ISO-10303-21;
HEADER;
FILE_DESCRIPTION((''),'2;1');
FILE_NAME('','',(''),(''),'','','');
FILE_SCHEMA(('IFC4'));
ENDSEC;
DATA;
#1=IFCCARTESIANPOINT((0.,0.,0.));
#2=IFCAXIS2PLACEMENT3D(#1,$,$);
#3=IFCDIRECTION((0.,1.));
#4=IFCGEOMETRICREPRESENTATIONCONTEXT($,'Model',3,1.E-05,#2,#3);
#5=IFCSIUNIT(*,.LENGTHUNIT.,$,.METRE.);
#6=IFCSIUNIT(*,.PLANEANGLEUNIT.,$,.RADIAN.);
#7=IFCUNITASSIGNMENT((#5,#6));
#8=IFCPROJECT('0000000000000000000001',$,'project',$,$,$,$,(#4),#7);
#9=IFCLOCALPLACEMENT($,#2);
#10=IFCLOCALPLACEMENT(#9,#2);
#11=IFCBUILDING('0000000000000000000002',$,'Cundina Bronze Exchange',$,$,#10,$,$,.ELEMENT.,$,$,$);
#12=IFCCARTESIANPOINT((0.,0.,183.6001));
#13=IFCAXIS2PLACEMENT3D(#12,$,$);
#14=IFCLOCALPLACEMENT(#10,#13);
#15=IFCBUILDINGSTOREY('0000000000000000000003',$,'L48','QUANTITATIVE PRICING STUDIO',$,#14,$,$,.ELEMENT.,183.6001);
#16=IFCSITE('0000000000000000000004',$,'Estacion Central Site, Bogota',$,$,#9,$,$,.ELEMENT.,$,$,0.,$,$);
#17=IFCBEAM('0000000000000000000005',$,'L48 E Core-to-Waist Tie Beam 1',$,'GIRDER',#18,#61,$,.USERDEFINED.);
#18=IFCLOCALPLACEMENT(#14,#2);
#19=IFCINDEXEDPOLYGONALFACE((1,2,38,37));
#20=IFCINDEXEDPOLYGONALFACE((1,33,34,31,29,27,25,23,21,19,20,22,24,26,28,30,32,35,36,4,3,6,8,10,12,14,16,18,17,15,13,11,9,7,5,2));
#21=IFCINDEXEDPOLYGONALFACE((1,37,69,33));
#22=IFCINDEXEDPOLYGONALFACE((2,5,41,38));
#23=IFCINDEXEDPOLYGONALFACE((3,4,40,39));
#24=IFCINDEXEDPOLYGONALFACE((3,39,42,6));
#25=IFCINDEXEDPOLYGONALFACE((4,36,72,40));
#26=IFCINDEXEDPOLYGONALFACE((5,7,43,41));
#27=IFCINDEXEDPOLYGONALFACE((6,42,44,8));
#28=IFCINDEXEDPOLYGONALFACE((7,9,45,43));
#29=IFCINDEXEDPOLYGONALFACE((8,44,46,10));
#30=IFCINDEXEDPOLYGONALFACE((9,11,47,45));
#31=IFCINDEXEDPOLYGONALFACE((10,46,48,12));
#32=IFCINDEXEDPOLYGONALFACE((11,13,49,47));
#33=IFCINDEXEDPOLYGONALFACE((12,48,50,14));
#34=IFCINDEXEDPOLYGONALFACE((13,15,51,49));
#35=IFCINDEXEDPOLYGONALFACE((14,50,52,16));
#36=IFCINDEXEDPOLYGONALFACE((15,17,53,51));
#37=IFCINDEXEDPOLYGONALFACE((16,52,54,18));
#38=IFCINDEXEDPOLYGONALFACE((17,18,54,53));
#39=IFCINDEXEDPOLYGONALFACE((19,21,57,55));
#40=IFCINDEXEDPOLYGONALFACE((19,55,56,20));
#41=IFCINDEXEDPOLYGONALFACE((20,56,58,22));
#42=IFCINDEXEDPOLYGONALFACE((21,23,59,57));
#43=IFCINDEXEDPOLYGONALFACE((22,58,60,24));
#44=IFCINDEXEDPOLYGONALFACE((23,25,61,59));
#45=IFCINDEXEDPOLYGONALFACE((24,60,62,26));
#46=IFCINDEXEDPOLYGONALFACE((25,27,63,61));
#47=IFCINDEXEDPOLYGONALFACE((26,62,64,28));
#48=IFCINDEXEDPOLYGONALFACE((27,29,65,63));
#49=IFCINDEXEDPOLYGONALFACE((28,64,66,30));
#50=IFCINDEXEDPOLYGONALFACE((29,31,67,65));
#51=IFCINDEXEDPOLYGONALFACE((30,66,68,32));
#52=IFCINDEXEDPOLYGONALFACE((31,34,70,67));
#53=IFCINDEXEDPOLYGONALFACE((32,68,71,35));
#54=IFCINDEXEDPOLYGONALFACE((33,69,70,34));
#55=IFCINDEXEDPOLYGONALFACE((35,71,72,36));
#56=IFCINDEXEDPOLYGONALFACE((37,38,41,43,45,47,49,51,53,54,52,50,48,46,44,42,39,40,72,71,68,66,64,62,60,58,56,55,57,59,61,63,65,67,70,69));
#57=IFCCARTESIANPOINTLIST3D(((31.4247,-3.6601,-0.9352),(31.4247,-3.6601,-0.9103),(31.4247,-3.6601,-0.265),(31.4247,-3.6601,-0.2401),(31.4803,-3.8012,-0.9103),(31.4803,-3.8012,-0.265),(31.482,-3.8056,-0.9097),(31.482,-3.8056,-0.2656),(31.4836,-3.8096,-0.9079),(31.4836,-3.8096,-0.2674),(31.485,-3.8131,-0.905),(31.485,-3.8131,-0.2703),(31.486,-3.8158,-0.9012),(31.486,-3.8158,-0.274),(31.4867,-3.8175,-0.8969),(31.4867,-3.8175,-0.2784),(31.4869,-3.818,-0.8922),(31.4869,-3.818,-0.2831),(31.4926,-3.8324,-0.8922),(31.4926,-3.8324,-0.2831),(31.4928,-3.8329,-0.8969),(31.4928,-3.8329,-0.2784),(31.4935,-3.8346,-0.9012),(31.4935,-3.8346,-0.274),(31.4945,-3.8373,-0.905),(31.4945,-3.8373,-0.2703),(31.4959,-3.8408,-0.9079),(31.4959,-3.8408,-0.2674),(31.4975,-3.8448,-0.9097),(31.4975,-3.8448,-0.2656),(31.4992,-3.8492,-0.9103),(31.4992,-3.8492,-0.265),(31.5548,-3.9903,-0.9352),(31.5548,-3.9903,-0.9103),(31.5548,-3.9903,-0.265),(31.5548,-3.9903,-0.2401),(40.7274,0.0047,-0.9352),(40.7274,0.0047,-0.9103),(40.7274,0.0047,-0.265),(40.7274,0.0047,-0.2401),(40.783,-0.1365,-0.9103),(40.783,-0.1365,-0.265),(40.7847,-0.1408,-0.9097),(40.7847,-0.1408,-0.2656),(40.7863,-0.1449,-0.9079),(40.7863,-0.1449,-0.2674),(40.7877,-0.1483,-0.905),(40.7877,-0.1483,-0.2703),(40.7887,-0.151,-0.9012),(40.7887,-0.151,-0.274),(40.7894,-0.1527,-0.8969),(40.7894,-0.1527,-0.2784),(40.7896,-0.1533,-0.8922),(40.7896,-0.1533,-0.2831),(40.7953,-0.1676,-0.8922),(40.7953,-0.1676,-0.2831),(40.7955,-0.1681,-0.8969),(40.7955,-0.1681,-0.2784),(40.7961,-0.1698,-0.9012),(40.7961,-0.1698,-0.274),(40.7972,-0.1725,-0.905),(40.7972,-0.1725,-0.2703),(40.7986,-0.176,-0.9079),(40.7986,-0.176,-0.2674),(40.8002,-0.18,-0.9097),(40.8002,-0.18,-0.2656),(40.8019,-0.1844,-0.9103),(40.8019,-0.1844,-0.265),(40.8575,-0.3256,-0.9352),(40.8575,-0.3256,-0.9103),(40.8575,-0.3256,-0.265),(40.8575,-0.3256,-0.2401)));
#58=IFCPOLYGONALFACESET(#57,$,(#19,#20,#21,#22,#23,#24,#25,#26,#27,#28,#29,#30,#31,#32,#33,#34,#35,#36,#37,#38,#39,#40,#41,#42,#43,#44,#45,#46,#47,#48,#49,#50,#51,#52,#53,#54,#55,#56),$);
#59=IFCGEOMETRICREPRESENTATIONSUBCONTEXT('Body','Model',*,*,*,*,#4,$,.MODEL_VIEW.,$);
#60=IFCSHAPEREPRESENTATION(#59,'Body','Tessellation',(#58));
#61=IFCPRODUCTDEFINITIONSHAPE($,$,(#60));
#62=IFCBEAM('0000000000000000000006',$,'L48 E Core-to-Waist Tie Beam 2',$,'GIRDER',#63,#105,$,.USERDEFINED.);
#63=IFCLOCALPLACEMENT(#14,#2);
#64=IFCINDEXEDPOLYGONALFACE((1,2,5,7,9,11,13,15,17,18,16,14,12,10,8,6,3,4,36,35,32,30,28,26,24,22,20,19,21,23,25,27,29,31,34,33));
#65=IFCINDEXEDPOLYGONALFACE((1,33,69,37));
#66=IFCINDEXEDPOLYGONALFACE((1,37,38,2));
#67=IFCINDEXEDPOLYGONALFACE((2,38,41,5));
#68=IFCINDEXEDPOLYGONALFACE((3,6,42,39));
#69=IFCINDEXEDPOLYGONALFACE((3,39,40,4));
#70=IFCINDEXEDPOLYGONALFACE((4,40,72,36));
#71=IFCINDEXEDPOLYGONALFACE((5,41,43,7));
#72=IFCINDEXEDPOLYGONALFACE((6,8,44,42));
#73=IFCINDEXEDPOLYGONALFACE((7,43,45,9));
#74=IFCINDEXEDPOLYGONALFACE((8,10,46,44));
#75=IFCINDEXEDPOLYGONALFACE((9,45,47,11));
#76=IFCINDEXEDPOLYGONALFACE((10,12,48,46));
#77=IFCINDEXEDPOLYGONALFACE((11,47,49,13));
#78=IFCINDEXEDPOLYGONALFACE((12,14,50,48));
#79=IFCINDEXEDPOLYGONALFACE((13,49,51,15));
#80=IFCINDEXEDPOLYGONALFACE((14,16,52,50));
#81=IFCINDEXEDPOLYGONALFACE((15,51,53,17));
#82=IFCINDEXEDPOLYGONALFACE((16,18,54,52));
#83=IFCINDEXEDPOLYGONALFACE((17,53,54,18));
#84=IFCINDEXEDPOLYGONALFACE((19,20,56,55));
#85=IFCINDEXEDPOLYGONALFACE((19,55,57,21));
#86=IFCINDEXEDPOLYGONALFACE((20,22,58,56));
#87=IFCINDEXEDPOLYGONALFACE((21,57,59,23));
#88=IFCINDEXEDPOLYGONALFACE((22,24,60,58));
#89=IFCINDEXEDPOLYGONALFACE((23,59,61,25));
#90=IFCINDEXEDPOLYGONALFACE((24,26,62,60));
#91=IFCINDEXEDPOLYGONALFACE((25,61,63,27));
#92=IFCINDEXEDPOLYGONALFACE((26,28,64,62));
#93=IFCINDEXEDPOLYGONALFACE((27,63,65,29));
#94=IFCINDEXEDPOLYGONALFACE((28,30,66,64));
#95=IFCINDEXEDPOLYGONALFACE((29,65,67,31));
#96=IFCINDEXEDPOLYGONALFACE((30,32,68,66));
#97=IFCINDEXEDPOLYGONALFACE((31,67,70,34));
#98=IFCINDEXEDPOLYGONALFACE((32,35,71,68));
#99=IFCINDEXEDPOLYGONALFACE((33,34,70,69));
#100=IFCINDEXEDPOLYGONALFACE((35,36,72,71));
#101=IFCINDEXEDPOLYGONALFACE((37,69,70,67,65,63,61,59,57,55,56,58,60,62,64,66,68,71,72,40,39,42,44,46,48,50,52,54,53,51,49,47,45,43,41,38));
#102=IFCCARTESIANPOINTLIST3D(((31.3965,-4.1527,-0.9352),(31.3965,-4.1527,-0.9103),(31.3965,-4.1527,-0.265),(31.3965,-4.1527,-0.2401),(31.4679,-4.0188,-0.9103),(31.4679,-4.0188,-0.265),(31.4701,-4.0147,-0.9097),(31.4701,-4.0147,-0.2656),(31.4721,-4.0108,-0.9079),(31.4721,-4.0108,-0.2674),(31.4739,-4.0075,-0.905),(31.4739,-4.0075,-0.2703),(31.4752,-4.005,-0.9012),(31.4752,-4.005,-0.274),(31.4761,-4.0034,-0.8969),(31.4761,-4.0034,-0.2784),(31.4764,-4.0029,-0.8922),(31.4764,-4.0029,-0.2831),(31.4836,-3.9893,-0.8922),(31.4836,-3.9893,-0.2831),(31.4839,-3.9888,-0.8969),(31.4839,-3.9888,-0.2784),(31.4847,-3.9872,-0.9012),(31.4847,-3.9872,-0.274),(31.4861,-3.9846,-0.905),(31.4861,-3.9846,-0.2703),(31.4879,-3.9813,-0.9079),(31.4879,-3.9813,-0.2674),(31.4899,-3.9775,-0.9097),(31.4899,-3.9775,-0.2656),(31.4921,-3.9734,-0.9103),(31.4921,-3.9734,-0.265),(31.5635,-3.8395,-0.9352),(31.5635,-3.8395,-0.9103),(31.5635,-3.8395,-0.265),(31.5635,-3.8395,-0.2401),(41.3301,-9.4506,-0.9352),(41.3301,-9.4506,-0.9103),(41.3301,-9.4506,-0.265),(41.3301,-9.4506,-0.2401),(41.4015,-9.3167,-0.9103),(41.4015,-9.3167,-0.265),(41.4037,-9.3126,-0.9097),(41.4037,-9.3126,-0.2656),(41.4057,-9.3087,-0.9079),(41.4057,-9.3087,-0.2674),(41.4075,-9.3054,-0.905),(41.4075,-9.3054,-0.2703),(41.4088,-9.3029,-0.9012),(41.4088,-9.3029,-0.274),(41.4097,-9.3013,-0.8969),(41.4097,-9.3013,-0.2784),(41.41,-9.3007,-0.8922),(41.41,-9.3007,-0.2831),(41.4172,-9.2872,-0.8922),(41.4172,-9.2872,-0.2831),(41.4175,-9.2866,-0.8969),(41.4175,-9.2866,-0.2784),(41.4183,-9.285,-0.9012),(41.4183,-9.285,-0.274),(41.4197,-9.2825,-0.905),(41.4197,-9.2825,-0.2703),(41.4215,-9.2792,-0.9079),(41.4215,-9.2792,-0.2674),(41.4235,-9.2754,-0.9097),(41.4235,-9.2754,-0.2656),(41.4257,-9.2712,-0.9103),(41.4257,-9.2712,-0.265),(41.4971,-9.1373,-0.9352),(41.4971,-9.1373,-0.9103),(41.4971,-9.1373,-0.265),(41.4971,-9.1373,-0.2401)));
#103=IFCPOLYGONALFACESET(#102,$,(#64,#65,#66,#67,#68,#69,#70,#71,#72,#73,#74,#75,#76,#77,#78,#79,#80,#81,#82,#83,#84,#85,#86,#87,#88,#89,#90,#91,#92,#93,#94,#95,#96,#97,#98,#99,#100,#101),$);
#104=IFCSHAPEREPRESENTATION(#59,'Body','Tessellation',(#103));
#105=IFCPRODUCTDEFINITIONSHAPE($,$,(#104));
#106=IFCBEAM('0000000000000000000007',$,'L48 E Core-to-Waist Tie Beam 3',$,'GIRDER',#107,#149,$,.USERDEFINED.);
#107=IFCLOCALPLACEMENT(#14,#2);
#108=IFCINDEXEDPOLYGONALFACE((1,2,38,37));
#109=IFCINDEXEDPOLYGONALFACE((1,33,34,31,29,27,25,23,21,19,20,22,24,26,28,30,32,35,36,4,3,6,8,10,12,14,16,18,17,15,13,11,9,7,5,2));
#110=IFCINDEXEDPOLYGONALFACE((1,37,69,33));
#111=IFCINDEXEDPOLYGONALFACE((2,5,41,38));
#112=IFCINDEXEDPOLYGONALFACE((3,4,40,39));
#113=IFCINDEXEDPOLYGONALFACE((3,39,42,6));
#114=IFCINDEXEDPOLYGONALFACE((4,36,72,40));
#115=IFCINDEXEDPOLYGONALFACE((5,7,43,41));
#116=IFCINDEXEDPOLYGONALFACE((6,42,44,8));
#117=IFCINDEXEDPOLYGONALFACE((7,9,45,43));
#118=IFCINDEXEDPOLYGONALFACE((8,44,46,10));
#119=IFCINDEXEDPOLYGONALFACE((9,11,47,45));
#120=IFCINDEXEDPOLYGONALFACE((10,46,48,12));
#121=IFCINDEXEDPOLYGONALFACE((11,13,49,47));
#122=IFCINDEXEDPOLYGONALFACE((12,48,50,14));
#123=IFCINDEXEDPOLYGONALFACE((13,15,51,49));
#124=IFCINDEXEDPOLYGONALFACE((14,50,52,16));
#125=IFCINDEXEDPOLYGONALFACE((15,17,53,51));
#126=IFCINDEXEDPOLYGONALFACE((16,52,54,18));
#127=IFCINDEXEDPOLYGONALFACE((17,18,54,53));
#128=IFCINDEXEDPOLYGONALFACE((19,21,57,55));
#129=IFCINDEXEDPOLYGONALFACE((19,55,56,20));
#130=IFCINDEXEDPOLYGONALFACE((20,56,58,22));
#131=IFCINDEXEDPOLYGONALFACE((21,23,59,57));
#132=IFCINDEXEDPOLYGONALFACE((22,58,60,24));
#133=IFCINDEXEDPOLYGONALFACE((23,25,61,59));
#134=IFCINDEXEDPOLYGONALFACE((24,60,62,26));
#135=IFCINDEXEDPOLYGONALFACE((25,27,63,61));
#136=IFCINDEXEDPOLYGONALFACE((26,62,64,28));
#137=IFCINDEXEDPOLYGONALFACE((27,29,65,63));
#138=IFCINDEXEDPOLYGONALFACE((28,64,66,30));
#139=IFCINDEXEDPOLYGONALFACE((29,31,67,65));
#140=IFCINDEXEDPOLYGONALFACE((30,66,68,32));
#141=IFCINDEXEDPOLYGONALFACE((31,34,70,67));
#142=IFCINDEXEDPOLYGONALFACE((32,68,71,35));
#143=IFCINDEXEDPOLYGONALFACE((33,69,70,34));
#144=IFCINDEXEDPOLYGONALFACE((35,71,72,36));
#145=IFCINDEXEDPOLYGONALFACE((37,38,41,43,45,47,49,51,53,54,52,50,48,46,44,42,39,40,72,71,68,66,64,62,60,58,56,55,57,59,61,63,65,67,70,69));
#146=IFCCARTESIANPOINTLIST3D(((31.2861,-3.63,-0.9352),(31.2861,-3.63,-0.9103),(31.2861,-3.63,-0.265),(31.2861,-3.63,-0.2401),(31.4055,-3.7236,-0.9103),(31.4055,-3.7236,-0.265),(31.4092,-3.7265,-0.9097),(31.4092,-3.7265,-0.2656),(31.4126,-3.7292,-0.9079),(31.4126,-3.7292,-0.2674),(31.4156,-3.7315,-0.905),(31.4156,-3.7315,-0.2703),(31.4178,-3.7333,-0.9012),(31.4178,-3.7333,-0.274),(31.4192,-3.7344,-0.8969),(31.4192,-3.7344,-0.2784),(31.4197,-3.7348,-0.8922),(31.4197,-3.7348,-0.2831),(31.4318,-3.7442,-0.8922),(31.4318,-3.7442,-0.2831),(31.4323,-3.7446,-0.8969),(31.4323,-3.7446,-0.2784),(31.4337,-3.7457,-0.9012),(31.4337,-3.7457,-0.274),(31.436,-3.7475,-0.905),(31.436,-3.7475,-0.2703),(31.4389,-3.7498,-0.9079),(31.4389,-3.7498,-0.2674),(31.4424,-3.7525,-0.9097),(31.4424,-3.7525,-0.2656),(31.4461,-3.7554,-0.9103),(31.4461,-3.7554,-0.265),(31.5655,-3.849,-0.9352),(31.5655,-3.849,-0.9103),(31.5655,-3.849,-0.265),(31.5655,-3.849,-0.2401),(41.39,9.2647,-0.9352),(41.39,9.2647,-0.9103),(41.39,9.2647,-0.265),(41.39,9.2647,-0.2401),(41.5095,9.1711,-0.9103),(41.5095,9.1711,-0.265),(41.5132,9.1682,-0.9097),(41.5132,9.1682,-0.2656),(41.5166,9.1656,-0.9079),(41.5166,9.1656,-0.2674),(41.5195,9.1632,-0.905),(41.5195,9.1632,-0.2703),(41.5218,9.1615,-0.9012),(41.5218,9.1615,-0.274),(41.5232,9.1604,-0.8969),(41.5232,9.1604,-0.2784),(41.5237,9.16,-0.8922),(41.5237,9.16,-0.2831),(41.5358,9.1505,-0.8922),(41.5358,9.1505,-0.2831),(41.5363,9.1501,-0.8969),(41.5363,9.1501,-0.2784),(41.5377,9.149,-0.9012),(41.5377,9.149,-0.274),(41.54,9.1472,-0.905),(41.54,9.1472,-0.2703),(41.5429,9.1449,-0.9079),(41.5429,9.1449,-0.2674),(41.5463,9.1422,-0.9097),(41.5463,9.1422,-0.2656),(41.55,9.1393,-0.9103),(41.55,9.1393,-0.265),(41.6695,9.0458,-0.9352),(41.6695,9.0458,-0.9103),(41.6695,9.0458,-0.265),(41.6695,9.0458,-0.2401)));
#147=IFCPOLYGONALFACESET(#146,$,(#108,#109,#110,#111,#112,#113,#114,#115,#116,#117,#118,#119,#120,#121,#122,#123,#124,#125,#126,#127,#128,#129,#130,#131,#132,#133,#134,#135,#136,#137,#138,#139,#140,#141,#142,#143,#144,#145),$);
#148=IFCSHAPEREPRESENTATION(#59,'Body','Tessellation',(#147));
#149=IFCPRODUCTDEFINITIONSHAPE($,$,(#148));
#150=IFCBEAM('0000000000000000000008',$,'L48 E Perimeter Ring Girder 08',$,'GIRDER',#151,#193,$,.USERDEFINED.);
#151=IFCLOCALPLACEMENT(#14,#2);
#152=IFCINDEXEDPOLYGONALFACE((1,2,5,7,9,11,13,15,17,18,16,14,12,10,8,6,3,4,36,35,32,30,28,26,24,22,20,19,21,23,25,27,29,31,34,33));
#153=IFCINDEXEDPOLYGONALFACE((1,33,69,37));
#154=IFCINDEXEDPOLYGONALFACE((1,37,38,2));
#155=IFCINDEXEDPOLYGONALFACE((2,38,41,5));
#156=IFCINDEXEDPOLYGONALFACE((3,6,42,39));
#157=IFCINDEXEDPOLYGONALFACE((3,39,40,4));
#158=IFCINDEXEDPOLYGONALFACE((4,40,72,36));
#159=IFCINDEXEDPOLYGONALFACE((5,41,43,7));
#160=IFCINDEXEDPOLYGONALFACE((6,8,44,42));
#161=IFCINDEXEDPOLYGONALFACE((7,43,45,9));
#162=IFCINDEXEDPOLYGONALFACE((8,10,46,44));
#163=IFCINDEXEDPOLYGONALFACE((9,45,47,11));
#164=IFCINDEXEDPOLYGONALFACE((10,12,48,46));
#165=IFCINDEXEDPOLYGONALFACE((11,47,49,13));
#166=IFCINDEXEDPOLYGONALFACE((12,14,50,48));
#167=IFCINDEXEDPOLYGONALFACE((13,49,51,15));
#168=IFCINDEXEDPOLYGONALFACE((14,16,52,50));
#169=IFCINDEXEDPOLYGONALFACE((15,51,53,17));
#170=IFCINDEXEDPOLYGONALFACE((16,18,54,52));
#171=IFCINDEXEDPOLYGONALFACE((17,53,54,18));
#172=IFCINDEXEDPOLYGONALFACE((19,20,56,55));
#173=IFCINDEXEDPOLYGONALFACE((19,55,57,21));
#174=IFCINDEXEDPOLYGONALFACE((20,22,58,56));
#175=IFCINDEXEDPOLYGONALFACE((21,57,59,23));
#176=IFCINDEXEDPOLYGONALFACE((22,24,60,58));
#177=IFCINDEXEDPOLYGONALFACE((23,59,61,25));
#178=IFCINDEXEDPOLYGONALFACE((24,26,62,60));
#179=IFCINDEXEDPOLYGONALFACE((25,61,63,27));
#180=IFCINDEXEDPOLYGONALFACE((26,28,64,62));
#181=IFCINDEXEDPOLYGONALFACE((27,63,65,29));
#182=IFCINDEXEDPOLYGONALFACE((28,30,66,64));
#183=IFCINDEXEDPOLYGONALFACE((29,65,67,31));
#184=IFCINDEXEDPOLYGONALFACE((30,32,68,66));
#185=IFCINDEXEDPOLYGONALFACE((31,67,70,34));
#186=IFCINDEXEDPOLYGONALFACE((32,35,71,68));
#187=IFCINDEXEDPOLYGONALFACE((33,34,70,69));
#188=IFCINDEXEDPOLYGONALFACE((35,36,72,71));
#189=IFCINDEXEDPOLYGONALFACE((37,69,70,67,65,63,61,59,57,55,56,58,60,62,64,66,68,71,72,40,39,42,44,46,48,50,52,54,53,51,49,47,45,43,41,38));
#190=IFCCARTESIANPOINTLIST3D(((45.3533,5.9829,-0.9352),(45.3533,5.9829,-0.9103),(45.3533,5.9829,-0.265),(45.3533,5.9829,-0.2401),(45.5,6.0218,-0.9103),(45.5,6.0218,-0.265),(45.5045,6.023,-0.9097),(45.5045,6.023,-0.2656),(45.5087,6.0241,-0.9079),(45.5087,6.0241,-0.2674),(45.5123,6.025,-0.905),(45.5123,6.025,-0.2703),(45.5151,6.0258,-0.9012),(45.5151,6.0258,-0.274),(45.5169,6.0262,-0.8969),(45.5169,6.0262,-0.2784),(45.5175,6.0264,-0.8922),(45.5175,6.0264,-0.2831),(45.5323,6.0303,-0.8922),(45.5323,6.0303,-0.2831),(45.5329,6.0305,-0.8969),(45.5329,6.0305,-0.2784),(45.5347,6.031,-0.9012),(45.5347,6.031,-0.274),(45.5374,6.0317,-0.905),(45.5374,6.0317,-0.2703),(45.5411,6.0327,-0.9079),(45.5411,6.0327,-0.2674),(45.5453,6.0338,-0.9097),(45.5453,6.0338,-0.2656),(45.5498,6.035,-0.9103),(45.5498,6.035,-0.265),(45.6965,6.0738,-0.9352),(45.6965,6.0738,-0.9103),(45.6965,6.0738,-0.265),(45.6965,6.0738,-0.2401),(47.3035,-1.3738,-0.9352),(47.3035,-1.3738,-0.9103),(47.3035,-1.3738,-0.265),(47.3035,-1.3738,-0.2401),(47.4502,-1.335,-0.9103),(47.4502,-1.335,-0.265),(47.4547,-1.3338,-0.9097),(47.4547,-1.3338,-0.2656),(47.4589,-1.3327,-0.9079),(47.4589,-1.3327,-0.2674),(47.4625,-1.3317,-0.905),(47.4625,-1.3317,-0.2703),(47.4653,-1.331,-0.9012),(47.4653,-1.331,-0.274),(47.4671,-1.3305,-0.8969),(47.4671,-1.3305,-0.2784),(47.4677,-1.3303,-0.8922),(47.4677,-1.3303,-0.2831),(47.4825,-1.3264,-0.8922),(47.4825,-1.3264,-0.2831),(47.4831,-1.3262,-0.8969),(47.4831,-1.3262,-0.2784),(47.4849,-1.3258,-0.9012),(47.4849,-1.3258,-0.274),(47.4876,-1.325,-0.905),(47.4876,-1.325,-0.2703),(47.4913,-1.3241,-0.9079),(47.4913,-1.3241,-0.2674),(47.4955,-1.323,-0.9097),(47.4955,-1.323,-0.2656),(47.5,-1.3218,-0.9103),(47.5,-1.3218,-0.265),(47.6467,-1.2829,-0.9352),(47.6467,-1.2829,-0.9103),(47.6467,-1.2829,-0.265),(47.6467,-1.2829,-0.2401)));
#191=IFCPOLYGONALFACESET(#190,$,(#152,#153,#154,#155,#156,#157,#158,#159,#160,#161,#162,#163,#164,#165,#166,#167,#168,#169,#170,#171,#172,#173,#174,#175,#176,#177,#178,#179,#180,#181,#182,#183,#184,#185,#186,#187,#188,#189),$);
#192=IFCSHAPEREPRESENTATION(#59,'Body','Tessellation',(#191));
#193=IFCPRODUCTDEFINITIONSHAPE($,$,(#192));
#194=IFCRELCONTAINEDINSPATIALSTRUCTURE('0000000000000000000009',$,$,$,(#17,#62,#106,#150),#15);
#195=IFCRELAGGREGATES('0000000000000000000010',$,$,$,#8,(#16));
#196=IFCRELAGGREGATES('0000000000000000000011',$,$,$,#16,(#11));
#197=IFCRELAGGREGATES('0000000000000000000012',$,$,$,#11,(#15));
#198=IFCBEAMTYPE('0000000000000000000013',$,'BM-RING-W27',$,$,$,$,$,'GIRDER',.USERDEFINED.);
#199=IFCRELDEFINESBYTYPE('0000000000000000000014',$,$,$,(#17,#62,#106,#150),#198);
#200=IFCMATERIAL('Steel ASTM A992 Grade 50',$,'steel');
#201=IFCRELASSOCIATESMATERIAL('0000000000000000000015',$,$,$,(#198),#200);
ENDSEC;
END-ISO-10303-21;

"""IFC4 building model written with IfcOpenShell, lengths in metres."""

from ifc_helpers import new_model, si_unit, direction, frame, origin, origin_2d, place, context, subcontext, project, spatial, i_section, extrude, material, material_profile, profile_set, type_object, element, save


model = new_model("IFC4")

# Units and contexts
model_context = context("Model", 3, precision=1e-05, world=origin(), true_north=direction((0.0, 1.0)))
body_context = subcontext(model_context, "Body", "Model", "MODEL_VIEW")
ifc_project = project(units=[si_unit("LENGTHUNIT", "METRE"), si_unit("PLANEANGLEUNIT", "RADIAN")], contexts=[model_context])

# Site, building, storey
site_placement = place(None, origin())
site = spatial("IfcSite", under=ifc_project, at=site_placement, Name="Estacion Central Site, Bogota", CompositionType="ELEMENT", RefElevation=0.0)
building_placement = place(site_placement, origin())
building = spatial("IfcBuilding", under=site, at=building_placement, Name="Cundina Bronze Exchange", CompositionType="ELEMENT")
storey_placement = place(building_placement, frame((0.0, 0.0, 183.6001)))
storey = spatial("IfcBuildingStorey", under=building, at=storey_placement, Name="L48", Description="QUANTITATIVE PRICING STUDIO", CompositionType="ELEMENT", Elevation=183.6001)

# Shared definitions
ifc_material_1 = material(Name="Steel ASTM A992 Grade 50", Category="steel")

# Beams
ifc_material_profile_1 = material_profile(ifc_material_1, i_section(OverallWidth=0.355, OverallDepth=0.6951, WebThickness=0.0154, FlangeThickness=0.0249, FilletRadius=0.0181, at=origin_2d()), Name="W27X146", Category="steel")
ifc_profile_set_1 = profile_set([ifc_material_profile_1], Name="Steel ASTM A992 Grade 50")
beam_type_1 = type_object("IfcBeamType", Name="BM-RING-W27", ElementType="GIRDER", PredefinedType="USERDEFINED", material=ifc_profile_set_1)
beam_1_placement = place(storey_placement, frame((31.4897, -3.8252, -0.5876), z_axis=(0.930406, 0.366532, 0.0), x_axis=(-0.366532, 0.930406, 0.0)))
element("IfcBeam", 1, at=beam_1_placement, inside=storey, type_object=beam_type_1, Name="L48 E Core-to-Waist Tie Beam 1", ObjectType="GIRDER", PredefinedType="USERDEFINED", context=body_context, shape_type="SweptSolid", body=[
    extrude(i_section(OverallWidth=0.355, OverallDepth=0.6951, WebThickness=0.0154, FlangeThickness=0.0249, FilletRadius=0.0181, at=origin_2d()), origin(), (0.0, 0.0, 1.0), 9.9985),
])
beam_2_placement = place(storey_placement, frame((31.48, -3.9961, -0.5876), z_axis=(0.882355, -0.470584, 0.0), x_axis=(0.470584, 0.882355, 0.0)))
element("IfcBeam", 2, at=beam_2_placement, inside=storey, type_object=beam_type_1, Name="L48 E Core-to-Waist Tie Beam 2", ObjectType="GIRDER", PredefinedType="USERDEFINED", context=body_context, shape_type="SweptSolid", body=[
    extrude(i_section(OverallWidth=0.355, OverallDepth=0.6951, WebThickness=0.0154, FlangeThickness=0.0249, FilletRadius=0.0181, at=origin_2d()), origin(), (0.0, 0.0, 1.0), 11.2581),
])
beam_3_placement = place(storey_placement, frame((31.4258, -3.7395, -0.5876), z_axis=(0.616779, 0.787136, 0.0), x_axis=(-0.787136, 0.616779, 0.0)))
element("IfcBeam", 3, at=beam_3_placement, inside=storey, type_object=beam_type_1, Name="L48 E Core-to-Waist Tie Beam 3", ObjectType="GIRDER", PredefinedType="USERDEFINED", context=body_context, shape_type="SweptSolid", body=[
    extrude(i_section(OverallWidth=0.355, OverallDepth=0.6951, WebThickness=0.0154, FlangeThickness=0.0249, FilletRadius=0.0181, at=origin_2d()), origin(), (0.0, 0.0, 1.0), 16.3818),
])
for number, where, z_axis, x_axis, name in (
    (4, (47.4751, -1.3284, -0.5876), (-0.256241, 0.966613, 0.0), (-0.966613, -0.256241, 0.0), "L48 E Perimeter Ring Girder 08"),
):
    element("IfcBeam", number, at=place(storey_placement, frame(where, z_axis=z_axis, x_axis=x_axis)), inside=storey, type_object=beam_type_1, Name=name, ObjectType="GIRDER", PredefinedType="USERDEFINED", context=body_context, shape_type="SweptSolid", body=[
        extrude(i_section(OverallWidth=0.355, OverallDepth=0.6951, WebThickness=0.0154, FlangeThickness=0.0249, FilletRadius=0.0181, at=origin_2d()), origin(), (0.0, 0.0, 1.0), 7.6108),
    ])

save(model, "model.ifc")
